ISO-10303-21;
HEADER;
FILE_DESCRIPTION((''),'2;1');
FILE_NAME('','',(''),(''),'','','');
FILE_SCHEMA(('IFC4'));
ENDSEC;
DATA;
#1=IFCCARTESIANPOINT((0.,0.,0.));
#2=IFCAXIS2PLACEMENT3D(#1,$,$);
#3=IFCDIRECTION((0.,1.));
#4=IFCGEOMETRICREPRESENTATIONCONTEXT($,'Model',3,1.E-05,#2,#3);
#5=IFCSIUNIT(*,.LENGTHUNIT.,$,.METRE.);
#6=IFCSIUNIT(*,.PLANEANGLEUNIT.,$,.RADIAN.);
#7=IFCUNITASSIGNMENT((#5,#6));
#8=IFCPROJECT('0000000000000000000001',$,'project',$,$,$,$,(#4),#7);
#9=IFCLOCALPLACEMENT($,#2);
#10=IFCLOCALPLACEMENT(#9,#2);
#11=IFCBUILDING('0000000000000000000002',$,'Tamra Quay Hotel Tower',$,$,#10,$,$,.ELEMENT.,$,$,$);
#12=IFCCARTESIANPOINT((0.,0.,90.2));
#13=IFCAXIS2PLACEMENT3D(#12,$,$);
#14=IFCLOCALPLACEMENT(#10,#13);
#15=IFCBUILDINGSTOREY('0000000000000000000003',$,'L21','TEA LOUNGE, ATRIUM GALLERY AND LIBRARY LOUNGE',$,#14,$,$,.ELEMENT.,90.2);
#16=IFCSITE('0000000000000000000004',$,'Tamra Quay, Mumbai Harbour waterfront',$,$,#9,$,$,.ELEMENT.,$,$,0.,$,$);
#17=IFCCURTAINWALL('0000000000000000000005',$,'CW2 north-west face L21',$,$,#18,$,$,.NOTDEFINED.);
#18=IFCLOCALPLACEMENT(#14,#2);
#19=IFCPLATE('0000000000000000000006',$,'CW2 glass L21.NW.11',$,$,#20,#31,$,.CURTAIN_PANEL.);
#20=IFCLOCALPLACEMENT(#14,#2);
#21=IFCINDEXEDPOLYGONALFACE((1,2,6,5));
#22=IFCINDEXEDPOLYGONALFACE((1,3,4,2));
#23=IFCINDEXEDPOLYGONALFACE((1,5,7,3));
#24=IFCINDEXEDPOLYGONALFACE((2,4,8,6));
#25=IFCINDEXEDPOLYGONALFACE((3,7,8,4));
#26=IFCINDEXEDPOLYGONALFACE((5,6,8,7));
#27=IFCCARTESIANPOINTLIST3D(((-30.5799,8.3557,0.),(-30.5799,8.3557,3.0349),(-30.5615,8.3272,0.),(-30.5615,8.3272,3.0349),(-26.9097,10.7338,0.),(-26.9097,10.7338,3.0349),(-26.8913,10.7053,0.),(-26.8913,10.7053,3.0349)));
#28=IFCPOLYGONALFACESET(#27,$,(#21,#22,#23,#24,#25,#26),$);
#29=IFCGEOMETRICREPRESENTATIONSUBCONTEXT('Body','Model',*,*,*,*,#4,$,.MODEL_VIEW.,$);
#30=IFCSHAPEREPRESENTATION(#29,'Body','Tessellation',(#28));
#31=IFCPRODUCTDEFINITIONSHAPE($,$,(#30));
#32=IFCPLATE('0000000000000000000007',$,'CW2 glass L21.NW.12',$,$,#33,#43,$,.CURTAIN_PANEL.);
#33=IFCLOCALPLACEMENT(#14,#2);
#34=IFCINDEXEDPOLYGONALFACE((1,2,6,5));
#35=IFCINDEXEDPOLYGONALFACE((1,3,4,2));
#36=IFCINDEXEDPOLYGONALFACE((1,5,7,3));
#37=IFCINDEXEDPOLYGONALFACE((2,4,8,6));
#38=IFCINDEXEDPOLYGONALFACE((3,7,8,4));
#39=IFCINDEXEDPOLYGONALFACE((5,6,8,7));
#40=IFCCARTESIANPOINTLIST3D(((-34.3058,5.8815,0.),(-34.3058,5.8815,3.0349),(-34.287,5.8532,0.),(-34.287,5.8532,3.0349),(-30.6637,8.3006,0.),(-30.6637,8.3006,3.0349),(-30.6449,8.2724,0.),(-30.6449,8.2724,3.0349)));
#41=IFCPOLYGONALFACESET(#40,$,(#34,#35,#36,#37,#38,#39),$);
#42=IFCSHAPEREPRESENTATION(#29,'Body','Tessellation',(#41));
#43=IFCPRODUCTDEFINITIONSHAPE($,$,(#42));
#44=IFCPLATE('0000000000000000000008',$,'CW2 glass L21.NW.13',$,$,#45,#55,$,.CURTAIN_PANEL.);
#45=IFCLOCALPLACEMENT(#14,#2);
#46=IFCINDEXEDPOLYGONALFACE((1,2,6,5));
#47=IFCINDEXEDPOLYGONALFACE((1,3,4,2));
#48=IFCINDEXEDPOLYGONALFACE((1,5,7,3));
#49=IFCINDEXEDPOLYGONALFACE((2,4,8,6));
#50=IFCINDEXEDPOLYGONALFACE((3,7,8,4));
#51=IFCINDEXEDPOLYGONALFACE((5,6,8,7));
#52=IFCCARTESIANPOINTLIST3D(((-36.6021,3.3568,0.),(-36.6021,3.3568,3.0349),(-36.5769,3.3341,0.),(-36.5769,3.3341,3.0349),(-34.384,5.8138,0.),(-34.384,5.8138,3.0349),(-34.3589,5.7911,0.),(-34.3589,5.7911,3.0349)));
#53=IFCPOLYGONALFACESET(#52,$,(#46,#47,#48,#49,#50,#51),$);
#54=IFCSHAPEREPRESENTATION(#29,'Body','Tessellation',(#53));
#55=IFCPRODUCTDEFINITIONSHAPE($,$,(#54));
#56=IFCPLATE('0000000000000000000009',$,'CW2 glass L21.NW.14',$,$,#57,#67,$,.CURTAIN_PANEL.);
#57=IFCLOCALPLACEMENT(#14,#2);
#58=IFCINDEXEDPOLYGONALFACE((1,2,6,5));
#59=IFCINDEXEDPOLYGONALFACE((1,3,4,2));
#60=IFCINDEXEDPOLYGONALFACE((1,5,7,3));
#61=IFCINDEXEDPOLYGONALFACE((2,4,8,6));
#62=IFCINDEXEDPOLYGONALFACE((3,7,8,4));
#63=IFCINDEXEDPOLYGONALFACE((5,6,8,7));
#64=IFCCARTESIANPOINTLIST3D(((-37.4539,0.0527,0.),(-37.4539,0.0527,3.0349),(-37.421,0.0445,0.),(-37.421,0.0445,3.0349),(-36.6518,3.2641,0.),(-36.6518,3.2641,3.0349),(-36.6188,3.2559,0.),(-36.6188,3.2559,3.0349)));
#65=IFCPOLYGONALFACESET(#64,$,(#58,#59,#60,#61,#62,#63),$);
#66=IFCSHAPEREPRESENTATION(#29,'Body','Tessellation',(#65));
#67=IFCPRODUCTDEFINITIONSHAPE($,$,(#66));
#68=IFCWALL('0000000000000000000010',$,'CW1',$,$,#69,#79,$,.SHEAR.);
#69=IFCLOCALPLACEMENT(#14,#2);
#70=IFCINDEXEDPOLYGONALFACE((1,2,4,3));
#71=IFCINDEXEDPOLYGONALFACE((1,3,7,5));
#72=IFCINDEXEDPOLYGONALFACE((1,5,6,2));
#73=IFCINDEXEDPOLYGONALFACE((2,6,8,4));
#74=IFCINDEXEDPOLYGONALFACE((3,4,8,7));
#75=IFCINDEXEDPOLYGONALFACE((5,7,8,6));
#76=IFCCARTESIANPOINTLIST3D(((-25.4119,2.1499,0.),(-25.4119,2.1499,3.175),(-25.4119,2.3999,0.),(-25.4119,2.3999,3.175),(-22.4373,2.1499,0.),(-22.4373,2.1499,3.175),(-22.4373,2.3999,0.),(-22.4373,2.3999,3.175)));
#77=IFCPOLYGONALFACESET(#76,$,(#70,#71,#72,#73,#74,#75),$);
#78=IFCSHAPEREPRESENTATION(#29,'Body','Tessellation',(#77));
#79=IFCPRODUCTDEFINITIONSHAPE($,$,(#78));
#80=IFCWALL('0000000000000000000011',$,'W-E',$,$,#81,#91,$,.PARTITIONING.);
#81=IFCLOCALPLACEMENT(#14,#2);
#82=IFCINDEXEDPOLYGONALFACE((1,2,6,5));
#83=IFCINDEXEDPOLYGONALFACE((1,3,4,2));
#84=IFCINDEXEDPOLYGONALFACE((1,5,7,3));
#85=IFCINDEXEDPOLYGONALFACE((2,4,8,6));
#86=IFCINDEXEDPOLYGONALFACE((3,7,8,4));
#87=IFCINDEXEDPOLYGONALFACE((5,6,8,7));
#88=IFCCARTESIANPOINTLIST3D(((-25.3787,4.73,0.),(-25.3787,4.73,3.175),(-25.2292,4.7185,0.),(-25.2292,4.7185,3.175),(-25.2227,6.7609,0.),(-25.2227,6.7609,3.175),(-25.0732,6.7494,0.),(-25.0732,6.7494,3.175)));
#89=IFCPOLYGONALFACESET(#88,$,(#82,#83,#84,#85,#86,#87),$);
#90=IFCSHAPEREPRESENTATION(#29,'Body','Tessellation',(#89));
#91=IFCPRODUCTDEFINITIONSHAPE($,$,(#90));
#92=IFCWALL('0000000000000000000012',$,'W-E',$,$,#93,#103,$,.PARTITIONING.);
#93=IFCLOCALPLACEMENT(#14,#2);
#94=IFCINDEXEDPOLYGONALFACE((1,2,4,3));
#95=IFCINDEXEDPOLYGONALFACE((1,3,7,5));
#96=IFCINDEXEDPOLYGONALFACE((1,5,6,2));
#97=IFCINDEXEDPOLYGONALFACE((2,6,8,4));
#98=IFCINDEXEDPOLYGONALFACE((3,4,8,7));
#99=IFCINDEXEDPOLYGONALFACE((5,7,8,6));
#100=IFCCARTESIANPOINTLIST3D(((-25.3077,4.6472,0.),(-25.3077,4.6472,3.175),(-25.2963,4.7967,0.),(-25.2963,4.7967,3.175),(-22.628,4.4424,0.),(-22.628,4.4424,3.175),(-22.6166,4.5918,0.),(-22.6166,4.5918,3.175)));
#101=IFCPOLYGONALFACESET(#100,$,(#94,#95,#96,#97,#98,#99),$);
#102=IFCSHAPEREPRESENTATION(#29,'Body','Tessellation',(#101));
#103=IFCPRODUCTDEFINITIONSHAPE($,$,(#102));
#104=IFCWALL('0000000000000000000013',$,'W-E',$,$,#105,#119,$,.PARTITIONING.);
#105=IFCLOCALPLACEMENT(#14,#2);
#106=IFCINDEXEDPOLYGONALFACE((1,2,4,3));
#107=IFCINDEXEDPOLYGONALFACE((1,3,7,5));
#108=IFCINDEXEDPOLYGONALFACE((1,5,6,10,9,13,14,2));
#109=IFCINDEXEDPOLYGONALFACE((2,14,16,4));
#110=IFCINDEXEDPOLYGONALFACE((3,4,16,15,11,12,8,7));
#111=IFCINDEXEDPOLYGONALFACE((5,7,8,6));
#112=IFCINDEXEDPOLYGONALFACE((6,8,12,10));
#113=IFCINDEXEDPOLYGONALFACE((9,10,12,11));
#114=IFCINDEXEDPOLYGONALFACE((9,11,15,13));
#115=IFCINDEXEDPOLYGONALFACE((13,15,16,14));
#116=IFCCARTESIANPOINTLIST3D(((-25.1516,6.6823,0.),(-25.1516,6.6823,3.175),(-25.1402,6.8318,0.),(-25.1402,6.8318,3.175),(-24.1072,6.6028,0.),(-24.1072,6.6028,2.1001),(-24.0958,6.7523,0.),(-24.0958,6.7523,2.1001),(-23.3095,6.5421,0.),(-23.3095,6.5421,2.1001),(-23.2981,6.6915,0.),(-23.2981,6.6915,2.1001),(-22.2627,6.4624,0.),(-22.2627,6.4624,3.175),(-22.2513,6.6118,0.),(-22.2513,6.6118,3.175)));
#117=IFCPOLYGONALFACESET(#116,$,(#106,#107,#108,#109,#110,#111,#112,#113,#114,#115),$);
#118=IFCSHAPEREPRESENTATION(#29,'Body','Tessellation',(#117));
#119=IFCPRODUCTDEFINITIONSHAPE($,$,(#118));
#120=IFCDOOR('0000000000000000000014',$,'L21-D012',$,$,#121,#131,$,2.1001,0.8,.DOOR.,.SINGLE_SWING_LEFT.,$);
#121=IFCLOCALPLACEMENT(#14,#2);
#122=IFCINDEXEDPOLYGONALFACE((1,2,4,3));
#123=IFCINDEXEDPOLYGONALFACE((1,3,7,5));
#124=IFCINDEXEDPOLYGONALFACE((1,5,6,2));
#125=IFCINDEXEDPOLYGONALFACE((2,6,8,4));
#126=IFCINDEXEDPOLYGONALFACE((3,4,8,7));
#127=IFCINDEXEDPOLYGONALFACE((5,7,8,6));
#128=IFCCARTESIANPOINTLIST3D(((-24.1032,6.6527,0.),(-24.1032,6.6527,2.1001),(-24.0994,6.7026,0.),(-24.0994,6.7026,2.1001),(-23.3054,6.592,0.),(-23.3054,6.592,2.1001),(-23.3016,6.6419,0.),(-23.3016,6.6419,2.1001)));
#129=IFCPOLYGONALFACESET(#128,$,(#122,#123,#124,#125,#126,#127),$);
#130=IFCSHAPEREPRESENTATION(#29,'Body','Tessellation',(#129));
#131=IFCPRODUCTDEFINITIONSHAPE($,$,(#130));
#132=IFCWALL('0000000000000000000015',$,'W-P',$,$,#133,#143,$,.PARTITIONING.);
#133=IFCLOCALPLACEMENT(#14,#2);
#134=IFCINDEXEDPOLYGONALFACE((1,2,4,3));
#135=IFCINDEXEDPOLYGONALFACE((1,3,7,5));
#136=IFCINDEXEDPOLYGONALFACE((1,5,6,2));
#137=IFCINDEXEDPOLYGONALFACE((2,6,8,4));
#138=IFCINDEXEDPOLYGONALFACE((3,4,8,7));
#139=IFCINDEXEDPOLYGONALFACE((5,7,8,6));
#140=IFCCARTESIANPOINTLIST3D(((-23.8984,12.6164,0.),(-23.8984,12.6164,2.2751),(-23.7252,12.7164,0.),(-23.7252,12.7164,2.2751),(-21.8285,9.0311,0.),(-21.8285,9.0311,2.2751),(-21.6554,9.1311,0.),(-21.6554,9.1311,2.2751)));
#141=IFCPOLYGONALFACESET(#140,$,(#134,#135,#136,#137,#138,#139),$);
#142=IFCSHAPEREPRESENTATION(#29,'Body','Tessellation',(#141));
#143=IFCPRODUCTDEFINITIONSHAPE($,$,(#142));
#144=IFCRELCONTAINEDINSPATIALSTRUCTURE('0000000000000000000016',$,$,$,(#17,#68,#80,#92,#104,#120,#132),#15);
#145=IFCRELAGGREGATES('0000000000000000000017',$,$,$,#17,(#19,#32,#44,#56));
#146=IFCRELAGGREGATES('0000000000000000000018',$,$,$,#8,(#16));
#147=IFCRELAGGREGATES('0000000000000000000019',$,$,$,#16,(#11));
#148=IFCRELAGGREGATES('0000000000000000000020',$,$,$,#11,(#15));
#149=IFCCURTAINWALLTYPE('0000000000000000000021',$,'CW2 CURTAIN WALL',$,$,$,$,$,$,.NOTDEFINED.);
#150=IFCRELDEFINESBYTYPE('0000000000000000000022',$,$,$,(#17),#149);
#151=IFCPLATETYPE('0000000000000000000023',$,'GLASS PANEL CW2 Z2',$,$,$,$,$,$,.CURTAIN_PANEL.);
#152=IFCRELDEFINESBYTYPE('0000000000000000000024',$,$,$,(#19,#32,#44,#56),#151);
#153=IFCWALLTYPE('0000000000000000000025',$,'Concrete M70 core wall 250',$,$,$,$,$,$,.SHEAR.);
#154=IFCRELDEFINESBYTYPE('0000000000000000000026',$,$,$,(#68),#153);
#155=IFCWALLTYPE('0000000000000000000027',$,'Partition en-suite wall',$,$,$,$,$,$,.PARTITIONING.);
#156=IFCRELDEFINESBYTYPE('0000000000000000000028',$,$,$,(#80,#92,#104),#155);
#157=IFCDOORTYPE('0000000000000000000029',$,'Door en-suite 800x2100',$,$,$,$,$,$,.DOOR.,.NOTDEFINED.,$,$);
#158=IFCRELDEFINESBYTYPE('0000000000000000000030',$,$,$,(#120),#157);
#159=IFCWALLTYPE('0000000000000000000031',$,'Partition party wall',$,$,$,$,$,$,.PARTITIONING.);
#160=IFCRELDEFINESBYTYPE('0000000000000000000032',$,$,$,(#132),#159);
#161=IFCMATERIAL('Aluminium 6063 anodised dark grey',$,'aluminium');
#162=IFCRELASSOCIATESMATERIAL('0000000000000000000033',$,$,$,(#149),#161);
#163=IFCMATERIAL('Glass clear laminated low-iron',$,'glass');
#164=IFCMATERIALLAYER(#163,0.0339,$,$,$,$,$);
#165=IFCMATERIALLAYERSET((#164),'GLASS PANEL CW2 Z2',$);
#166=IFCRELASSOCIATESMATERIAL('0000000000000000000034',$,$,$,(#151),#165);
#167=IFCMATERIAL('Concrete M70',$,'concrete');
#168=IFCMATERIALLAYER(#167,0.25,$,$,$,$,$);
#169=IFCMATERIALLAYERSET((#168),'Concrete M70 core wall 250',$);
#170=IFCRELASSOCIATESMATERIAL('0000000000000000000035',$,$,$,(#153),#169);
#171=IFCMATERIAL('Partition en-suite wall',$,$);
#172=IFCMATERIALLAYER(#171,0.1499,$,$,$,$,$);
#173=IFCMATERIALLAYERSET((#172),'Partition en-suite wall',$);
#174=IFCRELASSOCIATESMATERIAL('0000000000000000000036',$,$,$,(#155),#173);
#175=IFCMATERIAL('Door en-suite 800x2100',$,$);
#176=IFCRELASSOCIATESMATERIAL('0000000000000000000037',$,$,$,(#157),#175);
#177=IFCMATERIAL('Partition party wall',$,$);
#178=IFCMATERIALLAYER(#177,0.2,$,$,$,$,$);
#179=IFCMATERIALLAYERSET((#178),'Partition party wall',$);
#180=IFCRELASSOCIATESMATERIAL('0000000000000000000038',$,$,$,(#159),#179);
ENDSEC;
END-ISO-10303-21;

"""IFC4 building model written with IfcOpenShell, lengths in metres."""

from ifc_helpers import new_model, si_unit, direction, frame, frame_2d, origin, origin_2d, place, context, subcontext, project, spatial, rectangle, extrude, material, layer, layer_set, type_object, element, fill, aggregate, save


model = new_model("IFC4")

# Units and contexts
model_context = context("Model", 3, precision=1e-05, world=origin(), true_north=direction((0.0, 1.0)))
body_context = subcontext(model_context, "Body", "Model", "MODEL_VIEW")
ifc_project = project(units=[si_unit("LENGTHUNIT", "METRE"), si_unit("PLANEANGLEUNIT", "RADIAN")], contexts=[model_context])

# Site, building, storey
site_placement = place(None, origin())
site = spatial("IfcSite", under=ifc_project, at=site_placement, Name="Tamra Quay, Mumbai Harbour waterfront", CompositionType="ELEMENT", RefElevation=0.0)
building_placement = place(site_placement, origin())
building = spatial("IfcBuilding", under=site, at=building_placement, Name="Tamra Quay Hotel Tower", CompositionType="ELEMENT")
storey_placement = place(building_placement, frame((0.0, 0.0, 90.2)))
storey = spatial("IfcBuildingStorey", under=building, at=storey_placement, Name="L21", Description="TEA LOUNGE, ATRIUM GALLERY AND LIBRARY LOUNGE", CompositionType="ELEMENT", Elevation=90.2)

# Shared definitions
ifc_material_1 = material(Name="Concrete M70", Category="concrete")

# Curtain wall
ifc_material_2 = material(Name="Aluminium 6063 anodised dark grey", Category="aluminium")
curtain_wall_type = type_object("IfcCurtainWallType", Name="CW2 CURTAIN WALL", PredefinedType="NOTDEFINED", material=ifc_material_2)
curtain_wall_placement = place(storey_placement, origin())
curtain_wall = element("IfcCurtainWall", 1, at=curtain_wall_placement, inside=storey, type_object=curtain_wall_type, Name="CW2 north-west face L21", PredefinedType="NOTDEFINED")

# Plates
ifc_material_3 = material(Name="Glass clear laminated low-iron", Category="glass")
ifc_layer_1 = layer(ifc_material_3, 0.0339)
ifc_layer_set_1 = layer_set([ifc_layer_1], Name="GLASS PANEL CW2 Z2")
plate_type = type_object("IfcPlateType", Name="GLASS PANEL CW2 Z2", PredefinedType="CURTAIN_PANEL", material=ifc_layer_set_1)
plate_1_placement = place(storey_placement, frame((-28.7356, 9.5305, 0.0), z_axis=(0.0, 0.0, 1.0), x_axis=(-0.839224, -0.543786, 0.0)))
plate_1 = element("IfcPlate", 2, at=plate_1_placement, type_object=plate_type, Name="CW2 glass L21.NW.11", PredefinedType="CURTAIN_PANEL", context=body_context, shape_type="SweptSolid", body=[
    extrude(rectangle(XDim=4.3733, YDim=0.0339, at=origin_2d()), origin(), (0.0, 0.0, 1.0), 3.0349),
])
plate_2_placement = place(storey_placement, frame((-32.4753, 7.0769, 0.0), z_axis=(0.0, 0.0, 1.0), x_axis=(-0.832988, -0.553291, 0.0)))
plate_2 = element("IfcPlate", 3, at=plate_2_placement, type_object=plate_type, Name="CW2 glass L21.NW.12", PredefinedType="CURTAIN_PANEL", context=body_context, shape_type="SweptSolid", body=[
    extrude(rectangle(XDim=4.3723, YDim=0.0339, at=origin_2d()), origin(), (0.0, 0.0, 1.0), 3.0349),
])
plate_3_placement = place(storey_placement, frame((-35.4805, 4.574, 0.0), z_axis=(0.0, 0.0, 1.0), x_axis=(-0.670088, -0.742282, 0.0)))
plate_3 = element("IfcPlate", 4, at=plate_3_placement, type_object=plate_type, Name="CW2 glass L21.NW.13", PredefinedType="CURTAIN_PANEL", context=body_context, shape_type="SweptSolid", body=[
    extrude(rectangle(XDim=3.3101, YDim=0.0339, at=origin_2d()), origin(), (0.0, 0.0, 1.0), 3.0349),
])
plate_4_placement = place(storey_placement, frame((-37.0364, 1.6543, 0.0), z_axis=(0.0, 0.0, 1.0), x_axis=(-0.242339, -0.970192, 0.0)))
plate_4 = element("IfcPlate", 5, at=plate_4_placement, type_object=plate_type, Name="CW2 glass L21.NW.14", PredefinedType="CURTAIN_PANEL", context=body_context, shape_type="SweptSolid", body=[
    extrude(rectangle(XDim=3.3101, YDim=0.0339, at=origin_2d()), origin(), (0.0, 0.0, 1.0), 3.0349),
])
aggregate(curtain_wall, [plate_1, plate_2, plate_3, plate_4])

# Walls
ifc_layer_2 = layer(ifc_material_1, 0.25)
ifc_layer_set_2 = layer_set([ifc_layer_2], Name="Concrete M70 core wall 250")
wall_type_1 = type_object("IfcWallType", Name="Concrete M70 core wall 250", PredefinedType="SHEAR", material=ifc_layer_set_2)
wall_1_placement = place(storey_placement, frame((-25.4119, 2.2749, 0.0), z_axis=(0.0, 0.0, 1.0), x_axis=(1.0, 0.0, 0.0)))
element("IfcWall", 6, at=wall_1_placement, inside=storey, type_object=wall_type_1, Name="CW1", PredefinedType="SHEAR", context=body_context, shape_type="SweptSolid", body=[
    extrude(rectangle(XDim=2.9746, YDim=0.25, at=frame_2d((1.4873, 0.0))), origin(), (0.0, 0.0, 1.0), 3.175),
])
ifc_material_4 = material(Name="Partition en-suite wall")
ifc_layer_3 = layer(ifc_material_4, 0.1499)
ifc_layer_set_3 = layer_set([ifc_layer_3], Name="Partition en-suite wall")
wall_type_2 = type_object("IfcWallType", Name="Partition en-suite wall", PredefinedType="PARTITIONING", material=ifc_layer_set_3)
wall_2_placement = place(storey_placement, frame((-25.304, 4.7241, 0.0), z_axis=(0.0, 0.0, 1.0), x_axis=(0.076596, 0.997062, 0.0)))
element("IfcWall", 7, at=wall_2_placement, inside=storey, type_object=wall_type_2, Name="W-E", PredefinedType="PARTITIONING", context=body_context, shape_type="SweptSolid", body=[
    extrude(rectangle(XDim=2.0369, YDim=0.1499, at=frame_2d((1.0186, 0.0))), origin(), (0.0, 0.0, 1.0), 3.175),
])
wall_3_placement = place(storey_placement, frame((-25.302, 4.7219, 0.0), z_axis=(0.0, 0.0, 1.0), x_axis=(0.997091, -0.076217, 0.0)))
element("IfcWall", 8, at=wall_3_placement, inside=storey, type_object=wall_type_2, Name="W-E", PredefinedType="PARTITIONING", context=body_context, shape_type="SweptSolid", body=[
    extrude(rectangle(XDim=2.6875, YDim=0.1499, at=frame_2d((1.3438, 0.0))), origin(), (0.0, 0.0, 1.0), 3.175),
])

# Wall, opening, door
wall_4_placement = place(storey_placement, frame((-25.146, 6.7571, 0.0), z_axis=(0.0, 0.0, 1.0), x_axis=(0.997114, -0.075923, 0.0)))
wall_4 = element("IfcWall", 9, at=wall_4_placement, inside=storey, type_object=wall_type_2, Name="W-E", PredefinedType="PARTITIONING", context=body_context, shape_type="SweptSolid", body=[
    extrude(rectangle(XDim=2.8972, YDim=0.1499, at=frame_2d((1.4487, 0.0))), origin(), (0.0, 0.0, 1.0), 3.175),
])
opening_placement = place(wall_4_placement, frame((1.0476, 0.0, 0.0)))
opening = element("IfcOpeningElement", 10, at=opening_placement, cuts=wall_4, PredefinedType="OPENING", context=body_context, shape_type="SweptSolid", body=[
    extrude(rectangle(XDim=0.8, YDim=2.1001, at=frame_2d((0.3999, 1.05))), frame((0.0, 0.085, 0.0), z_axis=(0.0, -1.0, 0.0), x_axis=(1.0, 0.0, 0.0)), (0.0, 0.0, 1.0), 0.1699),
])
ifc_material_5 = material(Name="Door en-suite 800x2100")
door_type = type_object("IfcDoorType", Name="Door en-suite 800x2100", OperationType="NOTDEFINED", PredefinedType="DOOR", material=ifc_material_5)
door_placement = place(opening_placement, frame((0.8, 0.0, 0.0), z_axis=(0.0, 0.0, 1.0), x_axis=(-1.0, 0.0, 0.0)))
door = element("IfcDoor", 11, at=door_placement, inside=storey, type_object=door_type, Name="L21-D012", OperationType="SINGLE_SWING_LEFT", OverallHeight=2.1001, OverallWidth=0.8, PredefinedType="DOOR", context=body_context, shape_type="SweptSolid", body=[
    extrude(rectangle(XDim=0.8, YDim=2.1001, at=frame_2d((0.3999, 1.05))), frame((0.0, 0.0249, 0.0), z_axis=(0.0, -1.0, 0.0), x_axis=(1.0, 0.0, 0.0)), (0.0, 0.0, 1.0), 0.05),
])
fill(opening, door)

# Wall
ifc_material_6 = material(Name="Partition party wall")
ifc_layer_4 = layer(ifc_material_6, 0.2)
ifc_layer_set_4 = layer_set([ifc_layer_4], Name="Partition party wall")
wall_type_3 = type_object("IfcWallType", Name="Partition party wall", PredefinedType="PARTITIONING", material=ifc_layer_set_4)
wall_5_placement = place(storey_placement, frame((-23.8118, 12.6663, 0.0), z_axis=(0.0, 0.0, 1.0), x_axis=(0.499983, -0.866035, 0.0)))
element("IfcWall", 12, at=wall_5_placement, inside=storey, type_object=wall_type_3, Name="W-P", PredefinedType="PARTITIONING", context=body_context, shape_type="SweptSolid", body=[
    extrude(rectangle(XDim=4.1399, YDim=0.2, at=frame_2d((2.0698, 0.0))), origin(), (0.0, 0.0, 1.0), 2.2751),
])

save(model, "model.ifc")
